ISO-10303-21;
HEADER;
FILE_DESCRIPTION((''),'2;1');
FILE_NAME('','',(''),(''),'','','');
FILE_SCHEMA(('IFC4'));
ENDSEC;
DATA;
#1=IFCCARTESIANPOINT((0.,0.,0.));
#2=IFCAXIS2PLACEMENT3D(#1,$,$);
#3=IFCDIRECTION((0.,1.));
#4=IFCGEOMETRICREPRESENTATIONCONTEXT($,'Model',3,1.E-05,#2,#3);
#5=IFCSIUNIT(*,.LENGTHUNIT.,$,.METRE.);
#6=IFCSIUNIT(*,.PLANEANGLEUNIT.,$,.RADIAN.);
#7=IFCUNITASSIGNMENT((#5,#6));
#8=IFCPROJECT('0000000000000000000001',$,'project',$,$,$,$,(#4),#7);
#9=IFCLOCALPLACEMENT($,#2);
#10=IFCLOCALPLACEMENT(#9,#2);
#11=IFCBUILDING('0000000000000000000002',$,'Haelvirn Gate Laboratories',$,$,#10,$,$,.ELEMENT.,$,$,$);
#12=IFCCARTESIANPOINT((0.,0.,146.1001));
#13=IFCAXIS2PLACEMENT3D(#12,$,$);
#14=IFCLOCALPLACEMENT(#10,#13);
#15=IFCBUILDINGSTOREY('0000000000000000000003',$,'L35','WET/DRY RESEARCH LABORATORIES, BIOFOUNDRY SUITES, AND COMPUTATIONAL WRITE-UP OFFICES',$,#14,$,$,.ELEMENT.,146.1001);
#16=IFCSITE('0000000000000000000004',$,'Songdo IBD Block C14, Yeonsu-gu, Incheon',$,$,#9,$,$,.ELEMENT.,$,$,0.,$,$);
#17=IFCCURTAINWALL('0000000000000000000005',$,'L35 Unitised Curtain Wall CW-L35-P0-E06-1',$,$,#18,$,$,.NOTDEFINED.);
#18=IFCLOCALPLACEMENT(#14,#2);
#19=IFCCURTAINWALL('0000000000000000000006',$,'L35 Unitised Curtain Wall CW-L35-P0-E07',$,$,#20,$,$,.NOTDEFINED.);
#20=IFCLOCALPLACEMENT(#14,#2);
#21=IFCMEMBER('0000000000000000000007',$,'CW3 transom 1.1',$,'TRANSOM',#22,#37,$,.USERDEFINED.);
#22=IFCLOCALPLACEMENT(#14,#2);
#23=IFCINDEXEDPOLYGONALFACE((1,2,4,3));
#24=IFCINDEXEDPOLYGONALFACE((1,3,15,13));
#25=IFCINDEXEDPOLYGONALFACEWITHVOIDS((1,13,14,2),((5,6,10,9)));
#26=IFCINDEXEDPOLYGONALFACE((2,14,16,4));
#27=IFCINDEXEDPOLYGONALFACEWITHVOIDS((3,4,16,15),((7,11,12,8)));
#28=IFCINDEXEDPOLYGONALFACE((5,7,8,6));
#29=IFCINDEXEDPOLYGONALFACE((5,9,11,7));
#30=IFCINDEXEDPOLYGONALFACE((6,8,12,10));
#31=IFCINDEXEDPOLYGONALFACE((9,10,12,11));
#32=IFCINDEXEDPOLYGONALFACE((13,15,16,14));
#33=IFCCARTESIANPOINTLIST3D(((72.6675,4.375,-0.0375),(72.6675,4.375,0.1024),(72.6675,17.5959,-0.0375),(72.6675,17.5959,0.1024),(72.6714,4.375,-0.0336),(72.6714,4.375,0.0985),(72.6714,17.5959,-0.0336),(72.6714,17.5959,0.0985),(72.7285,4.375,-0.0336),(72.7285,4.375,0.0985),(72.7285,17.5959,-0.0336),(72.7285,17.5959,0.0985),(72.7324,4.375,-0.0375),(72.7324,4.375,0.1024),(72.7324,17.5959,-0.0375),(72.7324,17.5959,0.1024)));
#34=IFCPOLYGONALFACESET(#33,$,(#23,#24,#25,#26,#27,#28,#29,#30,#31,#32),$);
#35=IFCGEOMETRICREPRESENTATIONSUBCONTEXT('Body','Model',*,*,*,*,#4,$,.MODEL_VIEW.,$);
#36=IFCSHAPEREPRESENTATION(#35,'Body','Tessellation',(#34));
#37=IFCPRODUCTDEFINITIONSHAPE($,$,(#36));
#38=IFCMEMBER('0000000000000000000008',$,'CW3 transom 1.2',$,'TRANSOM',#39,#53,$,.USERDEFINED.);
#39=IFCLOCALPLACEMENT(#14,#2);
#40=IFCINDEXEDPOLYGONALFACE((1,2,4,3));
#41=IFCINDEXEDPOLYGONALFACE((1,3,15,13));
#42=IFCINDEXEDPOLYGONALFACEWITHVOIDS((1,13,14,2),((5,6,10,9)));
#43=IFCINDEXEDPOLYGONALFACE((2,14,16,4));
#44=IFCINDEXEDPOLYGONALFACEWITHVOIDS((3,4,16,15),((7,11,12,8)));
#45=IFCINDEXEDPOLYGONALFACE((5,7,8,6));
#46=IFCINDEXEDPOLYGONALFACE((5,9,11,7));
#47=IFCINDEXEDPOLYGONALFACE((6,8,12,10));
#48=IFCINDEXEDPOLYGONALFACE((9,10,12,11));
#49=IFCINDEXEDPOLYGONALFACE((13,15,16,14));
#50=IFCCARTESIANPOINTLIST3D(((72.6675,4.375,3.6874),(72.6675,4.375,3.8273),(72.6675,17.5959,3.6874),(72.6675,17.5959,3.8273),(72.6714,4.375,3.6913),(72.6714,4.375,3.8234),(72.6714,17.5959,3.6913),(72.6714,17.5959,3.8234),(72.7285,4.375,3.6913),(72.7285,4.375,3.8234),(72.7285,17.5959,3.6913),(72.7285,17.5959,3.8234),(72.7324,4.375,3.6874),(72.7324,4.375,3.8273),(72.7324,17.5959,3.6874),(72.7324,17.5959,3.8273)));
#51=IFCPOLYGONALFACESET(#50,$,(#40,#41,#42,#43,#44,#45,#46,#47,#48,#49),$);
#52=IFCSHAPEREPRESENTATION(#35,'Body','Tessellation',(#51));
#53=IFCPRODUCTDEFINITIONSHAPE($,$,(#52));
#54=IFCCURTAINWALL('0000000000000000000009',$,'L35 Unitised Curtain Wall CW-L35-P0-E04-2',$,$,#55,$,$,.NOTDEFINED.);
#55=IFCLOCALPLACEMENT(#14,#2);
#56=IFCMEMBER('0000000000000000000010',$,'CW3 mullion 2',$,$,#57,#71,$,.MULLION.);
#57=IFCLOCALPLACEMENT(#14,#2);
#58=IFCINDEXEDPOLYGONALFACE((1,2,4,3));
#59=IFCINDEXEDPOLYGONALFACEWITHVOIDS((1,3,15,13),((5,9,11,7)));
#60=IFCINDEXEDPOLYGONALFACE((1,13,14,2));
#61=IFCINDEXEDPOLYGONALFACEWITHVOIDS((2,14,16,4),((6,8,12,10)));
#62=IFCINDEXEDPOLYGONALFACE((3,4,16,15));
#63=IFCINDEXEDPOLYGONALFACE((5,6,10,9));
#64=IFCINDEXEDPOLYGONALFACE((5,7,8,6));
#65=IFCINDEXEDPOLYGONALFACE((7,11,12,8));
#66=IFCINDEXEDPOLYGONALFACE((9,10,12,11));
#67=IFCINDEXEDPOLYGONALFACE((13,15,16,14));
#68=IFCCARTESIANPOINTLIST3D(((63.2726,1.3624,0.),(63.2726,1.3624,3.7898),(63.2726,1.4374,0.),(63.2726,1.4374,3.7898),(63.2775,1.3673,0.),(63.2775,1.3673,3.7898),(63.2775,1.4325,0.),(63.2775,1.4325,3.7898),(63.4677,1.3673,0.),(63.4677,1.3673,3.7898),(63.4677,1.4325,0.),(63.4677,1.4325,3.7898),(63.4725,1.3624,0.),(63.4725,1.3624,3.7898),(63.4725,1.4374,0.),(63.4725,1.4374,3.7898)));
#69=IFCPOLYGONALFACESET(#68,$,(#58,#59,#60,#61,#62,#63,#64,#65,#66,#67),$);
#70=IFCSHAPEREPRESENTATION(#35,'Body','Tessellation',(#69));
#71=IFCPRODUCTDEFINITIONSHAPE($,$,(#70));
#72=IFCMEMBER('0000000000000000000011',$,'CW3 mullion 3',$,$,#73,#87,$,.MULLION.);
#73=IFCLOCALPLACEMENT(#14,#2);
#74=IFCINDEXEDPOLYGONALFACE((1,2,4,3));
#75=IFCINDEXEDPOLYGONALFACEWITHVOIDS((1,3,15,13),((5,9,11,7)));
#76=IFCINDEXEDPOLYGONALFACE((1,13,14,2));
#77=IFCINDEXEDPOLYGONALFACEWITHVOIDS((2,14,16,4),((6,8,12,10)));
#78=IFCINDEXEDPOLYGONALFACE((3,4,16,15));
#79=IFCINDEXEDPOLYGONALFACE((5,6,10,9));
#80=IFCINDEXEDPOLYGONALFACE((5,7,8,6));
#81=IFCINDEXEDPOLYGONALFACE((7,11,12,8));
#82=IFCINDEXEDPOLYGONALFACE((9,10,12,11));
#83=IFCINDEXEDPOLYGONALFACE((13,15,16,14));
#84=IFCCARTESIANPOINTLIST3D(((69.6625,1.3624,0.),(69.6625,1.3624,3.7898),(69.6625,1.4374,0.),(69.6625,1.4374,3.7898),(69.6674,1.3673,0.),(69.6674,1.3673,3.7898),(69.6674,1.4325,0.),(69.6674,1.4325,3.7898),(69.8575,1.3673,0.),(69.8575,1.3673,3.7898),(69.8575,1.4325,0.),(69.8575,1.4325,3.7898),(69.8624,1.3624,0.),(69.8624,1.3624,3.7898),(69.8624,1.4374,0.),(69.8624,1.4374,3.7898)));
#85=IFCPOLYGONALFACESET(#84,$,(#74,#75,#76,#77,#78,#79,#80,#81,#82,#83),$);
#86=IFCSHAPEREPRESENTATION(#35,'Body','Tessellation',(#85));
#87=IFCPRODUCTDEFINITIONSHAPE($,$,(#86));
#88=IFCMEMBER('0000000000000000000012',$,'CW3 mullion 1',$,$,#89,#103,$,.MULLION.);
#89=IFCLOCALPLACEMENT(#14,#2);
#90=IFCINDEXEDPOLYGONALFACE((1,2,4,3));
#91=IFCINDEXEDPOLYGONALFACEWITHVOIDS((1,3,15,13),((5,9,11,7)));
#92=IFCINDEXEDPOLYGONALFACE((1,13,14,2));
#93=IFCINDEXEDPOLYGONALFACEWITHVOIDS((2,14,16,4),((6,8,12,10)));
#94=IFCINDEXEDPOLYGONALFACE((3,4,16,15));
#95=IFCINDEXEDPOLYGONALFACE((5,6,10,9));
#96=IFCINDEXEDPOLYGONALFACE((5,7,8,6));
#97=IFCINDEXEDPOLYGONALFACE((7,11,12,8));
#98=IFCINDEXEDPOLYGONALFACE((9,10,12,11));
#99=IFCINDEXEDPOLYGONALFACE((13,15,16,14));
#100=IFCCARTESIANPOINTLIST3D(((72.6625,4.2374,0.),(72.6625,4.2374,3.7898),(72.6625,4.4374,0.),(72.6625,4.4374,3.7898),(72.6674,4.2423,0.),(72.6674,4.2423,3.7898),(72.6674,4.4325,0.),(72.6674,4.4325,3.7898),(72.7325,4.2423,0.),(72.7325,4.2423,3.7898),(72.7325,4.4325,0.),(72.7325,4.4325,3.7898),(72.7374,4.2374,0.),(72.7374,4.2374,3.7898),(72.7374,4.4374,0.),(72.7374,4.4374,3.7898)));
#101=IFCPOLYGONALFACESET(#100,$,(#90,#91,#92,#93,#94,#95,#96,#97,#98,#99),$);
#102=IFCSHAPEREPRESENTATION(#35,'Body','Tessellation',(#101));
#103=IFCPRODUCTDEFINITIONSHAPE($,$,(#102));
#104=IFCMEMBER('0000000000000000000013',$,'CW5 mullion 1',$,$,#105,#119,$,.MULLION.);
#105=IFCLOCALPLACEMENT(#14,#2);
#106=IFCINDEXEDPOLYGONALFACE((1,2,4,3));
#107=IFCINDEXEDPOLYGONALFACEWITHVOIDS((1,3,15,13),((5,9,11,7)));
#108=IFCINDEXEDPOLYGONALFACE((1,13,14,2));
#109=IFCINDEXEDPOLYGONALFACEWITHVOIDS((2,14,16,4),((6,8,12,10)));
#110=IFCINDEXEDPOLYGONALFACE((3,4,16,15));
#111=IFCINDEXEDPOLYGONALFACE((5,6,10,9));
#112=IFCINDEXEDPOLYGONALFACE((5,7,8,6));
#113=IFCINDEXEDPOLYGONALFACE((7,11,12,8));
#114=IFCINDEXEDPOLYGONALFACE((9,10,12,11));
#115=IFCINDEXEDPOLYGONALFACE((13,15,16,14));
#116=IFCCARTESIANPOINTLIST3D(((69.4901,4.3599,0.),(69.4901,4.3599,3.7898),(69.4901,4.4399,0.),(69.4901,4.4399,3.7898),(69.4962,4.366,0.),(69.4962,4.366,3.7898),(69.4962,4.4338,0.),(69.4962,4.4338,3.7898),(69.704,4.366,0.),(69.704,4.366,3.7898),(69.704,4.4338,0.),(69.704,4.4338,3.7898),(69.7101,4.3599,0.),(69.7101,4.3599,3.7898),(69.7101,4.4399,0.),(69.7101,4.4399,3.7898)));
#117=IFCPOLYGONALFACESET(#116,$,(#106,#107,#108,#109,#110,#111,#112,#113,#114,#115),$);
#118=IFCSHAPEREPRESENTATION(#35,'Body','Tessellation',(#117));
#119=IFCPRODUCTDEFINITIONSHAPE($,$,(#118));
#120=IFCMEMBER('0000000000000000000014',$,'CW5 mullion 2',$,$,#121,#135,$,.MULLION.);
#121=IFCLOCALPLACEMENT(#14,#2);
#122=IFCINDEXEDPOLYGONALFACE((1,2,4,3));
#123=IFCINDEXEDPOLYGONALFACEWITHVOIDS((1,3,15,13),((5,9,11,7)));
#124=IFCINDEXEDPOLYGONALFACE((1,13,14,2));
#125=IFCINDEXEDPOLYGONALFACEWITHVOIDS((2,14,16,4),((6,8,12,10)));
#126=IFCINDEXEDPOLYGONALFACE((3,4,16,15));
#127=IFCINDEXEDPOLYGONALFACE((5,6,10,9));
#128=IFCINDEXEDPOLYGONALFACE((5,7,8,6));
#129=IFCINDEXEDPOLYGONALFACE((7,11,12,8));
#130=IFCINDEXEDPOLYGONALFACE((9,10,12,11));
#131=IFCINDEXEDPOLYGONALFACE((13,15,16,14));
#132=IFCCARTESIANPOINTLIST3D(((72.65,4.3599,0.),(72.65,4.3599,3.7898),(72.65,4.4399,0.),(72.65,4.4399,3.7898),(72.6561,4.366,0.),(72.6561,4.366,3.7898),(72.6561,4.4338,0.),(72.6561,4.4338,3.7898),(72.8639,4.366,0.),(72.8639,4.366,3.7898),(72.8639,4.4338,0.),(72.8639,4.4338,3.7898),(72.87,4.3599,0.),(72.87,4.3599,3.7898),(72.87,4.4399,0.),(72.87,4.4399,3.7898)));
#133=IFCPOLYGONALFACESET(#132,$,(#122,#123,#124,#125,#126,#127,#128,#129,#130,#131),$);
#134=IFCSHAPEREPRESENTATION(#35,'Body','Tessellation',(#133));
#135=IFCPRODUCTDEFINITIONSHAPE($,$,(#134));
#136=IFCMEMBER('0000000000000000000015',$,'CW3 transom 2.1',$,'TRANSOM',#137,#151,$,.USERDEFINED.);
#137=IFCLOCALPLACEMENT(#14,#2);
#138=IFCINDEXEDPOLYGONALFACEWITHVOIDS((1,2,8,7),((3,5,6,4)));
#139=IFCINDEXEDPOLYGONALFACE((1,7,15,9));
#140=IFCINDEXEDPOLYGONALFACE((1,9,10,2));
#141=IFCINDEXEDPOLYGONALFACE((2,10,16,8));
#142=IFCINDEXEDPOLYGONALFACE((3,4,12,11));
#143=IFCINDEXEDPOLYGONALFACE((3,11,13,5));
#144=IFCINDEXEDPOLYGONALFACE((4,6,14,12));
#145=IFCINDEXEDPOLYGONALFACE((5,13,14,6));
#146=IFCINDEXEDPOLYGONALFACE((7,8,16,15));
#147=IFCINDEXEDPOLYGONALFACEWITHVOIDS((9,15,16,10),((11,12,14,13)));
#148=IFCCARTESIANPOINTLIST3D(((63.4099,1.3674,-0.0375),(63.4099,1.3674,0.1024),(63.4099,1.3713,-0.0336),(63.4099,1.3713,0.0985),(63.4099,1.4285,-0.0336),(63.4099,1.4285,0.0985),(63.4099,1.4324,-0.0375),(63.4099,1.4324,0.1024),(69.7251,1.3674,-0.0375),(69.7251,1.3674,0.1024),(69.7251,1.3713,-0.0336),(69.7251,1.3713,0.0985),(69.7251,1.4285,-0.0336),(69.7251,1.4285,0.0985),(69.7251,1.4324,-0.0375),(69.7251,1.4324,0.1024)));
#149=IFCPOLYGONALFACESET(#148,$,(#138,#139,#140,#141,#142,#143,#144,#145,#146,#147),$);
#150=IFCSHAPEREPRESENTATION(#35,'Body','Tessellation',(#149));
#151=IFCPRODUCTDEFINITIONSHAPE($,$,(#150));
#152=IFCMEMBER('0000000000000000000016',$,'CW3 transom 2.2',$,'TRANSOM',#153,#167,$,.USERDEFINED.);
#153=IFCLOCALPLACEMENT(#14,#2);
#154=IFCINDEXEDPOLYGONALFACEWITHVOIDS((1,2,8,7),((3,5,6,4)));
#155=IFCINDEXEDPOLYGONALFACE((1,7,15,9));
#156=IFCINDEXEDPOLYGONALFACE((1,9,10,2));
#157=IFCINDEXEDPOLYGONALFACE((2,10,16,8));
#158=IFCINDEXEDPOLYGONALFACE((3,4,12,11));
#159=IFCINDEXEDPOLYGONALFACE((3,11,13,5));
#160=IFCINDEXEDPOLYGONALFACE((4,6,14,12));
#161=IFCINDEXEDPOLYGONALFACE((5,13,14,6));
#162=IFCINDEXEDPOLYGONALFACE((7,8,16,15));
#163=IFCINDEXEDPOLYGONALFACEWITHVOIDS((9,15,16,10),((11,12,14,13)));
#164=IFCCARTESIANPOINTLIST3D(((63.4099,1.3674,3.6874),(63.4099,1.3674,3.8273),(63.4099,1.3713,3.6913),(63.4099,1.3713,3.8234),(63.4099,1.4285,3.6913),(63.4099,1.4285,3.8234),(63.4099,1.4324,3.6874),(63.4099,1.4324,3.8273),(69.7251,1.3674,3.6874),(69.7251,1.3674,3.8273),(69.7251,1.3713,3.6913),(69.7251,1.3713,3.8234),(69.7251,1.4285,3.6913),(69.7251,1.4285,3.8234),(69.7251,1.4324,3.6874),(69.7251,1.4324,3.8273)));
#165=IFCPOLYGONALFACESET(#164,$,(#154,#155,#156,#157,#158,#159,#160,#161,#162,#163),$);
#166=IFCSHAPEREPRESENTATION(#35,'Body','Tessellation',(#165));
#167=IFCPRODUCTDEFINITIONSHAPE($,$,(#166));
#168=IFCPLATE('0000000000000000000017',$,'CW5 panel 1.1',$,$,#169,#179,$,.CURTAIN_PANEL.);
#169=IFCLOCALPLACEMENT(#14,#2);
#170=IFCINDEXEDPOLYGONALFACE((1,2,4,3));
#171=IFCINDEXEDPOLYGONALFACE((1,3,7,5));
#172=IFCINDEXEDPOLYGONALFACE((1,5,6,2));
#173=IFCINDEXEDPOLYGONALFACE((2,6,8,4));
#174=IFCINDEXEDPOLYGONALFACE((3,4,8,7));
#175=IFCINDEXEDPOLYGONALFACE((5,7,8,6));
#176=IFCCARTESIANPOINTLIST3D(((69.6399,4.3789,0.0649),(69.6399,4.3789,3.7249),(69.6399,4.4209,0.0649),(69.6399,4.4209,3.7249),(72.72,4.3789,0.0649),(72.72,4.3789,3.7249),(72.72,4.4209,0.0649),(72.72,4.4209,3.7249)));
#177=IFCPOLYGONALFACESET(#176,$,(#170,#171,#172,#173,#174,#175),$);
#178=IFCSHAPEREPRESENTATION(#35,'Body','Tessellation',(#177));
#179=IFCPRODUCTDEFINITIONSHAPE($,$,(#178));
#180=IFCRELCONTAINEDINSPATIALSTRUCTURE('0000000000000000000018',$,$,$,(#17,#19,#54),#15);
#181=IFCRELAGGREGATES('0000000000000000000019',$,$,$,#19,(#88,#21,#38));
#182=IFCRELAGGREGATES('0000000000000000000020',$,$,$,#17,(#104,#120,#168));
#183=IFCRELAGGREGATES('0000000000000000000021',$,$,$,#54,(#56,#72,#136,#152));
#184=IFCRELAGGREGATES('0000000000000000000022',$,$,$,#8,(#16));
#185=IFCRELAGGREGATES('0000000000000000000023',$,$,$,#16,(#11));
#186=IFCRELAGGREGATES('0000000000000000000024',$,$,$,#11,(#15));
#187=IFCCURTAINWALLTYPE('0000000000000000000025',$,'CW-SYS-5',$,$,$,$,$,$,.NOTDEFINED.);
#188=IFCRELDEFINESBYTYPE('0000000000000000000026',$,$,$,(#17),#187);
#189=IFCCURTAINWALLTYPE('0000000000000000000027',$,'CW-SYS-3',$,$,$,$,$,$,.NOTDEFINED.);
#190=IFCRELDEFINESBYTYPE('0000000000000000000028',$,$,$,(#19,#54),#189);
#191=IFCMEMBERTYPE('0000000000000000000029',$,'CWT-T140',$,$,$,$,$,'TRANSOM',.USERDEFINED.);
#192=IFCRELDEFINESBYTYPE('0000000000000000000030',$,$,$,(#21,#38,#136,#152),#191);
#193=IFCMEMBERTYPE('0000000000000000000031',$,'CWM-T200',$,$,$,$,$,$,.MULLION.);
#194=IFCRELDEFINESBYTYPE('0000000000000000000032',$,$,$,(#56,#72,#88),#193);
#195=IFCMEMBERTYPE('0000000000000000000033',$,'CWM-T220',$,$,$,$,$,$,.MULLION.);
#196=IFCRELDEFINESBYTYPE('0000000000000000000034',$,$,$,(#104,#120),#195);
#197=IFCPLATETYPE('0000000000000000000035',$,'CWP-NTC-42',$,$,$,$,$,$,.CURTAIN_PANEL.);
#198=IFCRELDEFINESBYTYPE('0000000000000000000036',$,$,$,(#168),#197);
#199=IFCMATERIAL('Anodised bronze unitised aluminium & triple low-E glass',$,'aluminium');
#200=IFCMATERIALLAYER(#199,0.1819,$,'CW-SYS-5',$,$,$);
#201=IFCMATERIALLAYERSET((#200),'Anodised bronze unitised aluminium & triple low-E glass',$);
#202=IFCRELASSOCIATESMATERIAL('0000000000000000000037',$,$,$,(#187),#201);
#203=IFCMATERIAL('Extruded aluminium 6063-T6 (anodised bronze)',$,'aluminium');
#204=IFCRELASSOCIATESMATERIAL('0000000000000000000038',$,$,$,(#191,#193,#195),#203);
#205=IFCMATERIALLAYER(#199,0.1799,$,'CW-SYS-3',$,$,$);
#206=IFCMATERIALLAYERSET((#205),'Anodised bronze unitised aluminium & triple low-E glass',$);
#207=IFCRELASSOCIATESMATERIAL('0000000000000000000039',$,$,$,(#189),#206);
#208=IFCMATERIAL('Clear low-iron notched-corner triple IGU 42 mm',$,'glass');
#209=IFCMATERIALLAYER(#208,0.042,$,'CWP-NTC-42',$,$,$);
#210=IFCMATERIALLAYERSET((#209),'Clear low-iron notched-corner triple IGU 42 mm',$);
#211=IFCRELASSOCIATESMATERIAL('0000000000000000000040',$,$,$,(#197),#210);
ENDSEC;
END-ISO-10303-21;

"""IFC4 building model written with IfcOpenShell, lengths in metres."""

from ifc_helpers import new_model, si_unit, direction, frame, origin, origin_2d, place, context, subcontext, project, spatial, rectangle, hollow_rectangle, extrude, source, transform, mapped, material, layer, layer_set, material_profile, profile_set, type_object, type_shapes, element, aggregate, save


model = new_model("IFC4")

# Units and contexts
model_context = context("Model", 3, precision=1e-05, world=origin(), true_north=direction((0.0, 1.0)))
body_context = subcontext(model_context, "Body", "Model", "MODEL_VIEW")
ifc_project = project(units=[si_unit("LENGTHUNIT", "METRE"), si_unit("PLANEANGLEUNIT", "RADIAN")], contexts=[model_context])

# Site, building, storey
site_placement = place(None, origin())
site = spatial("IfcSite", under=ifc_project, at=site_placement, Name="Songdo IBD Block C14, Yeonsu-gu, Incheon", CompositionType="ELEMENT", RefElevation=0.0)
building_placement = place(site_placement, origin())
building = spatial("IfcBuilding", under=site, at=building_placement, Name="Haelvirn Gate Laboratories", CompositionType="ELEMENT")
storey_placement = place(building_placement, frame((0.0, 0.0, 146.1001)))
storey = spatial("IfcBuildingStorey", under=building, at=storey_placement, Name="L35", Description="WET/DRY RESEARCH LABORATORIES, BIOFOUNDRY SUITES, AND COMPUTATIONAL WRITE-UP OFFICES", CompositionType="ELEMENT", Elevation=146.1001)

# Curtain walls, members
ifc_material_1 = material(Name="Anodised bronze unitised aluminium & triple low-E glass", Category="aluminium")
ifc_layer_1 = layer(ifc_material_1, 0.1819, Name="CW-SYS-5")
ifc_layer_set_1 = layer_set([ifc_layer_1], Name="Anodised bronze unitised aluminium & triple low-E glass")
curtain_wall_type_1 = type_object("IfcCurtainWallType", Name="CW-SYS-5", PredefinedType="NOTDEFINED", material=ifc_layer_set_1)
curtain_wall_1_placement = place(storey_placement, origin())
curtain_wall_1 = element("IfcCurtainWall", 1, at=curtain_wall_1_placement, inside=storey, type_object=curtain_wall_type_1, Name="L35 Unitised Curtain Wall CW-L35-P0-E06-1", PredefinedType="NOTDEFINED")
ifc_material_2 = material(Name="Extruded aluminium 6063-T6 (anodised bronze)", Category="aluminium")
ifc_material_profile_1 = material_profile(ifc_material_2, hollow_rectangle(XDim=0.0649, YDim=0.1399, WallThickness=0.0039, at=origin_2d()), Name="CWT-140x65x4")
ifc_profile_set_1 = profile_set([ifc_material_profile_1], Name="Extruded aluminium 6063-T6 (anodised bronze)")
member_type_1 = type_object("IfcMemberType", Name="CWT-T140", ElementType="TRANSOM", PredefinedType="USERDEFINED", material=ifc_profile_set_1)
ifc_layer_2 = layer(ifc_material_1, 0.1799, Name="CW-SYS-3")
ifc_layer_set_2 = layer_set([ifc_layer_2], Name="Anodised bronze unitised aluminium & triple low-E glass")
curtain_wall_type_2 = type_object("IfcCurtainWallType", Name="CW-SYS-3", PredefinedType="NOTDEFINED", material=ifc_layer_set_2)
curtain_wall_2_placement = place(storey_placement, origin())
curtain_wall_2 = element("IfcCurtainWall", 2, at=curtain_wall_2_placement, inside=storey, type_object=curtain_wall_type_2, Name="L35 Unitised Curtain Wall CW-L35-P0-E07", PredefinedType="NOTDEFINED")
shared_shape_1 = source(origin(), body_context, "Body", "SweptSolid", [
    extrude(hollow_rectangle(XDim=0.0649, YDim=0.1399, WallThickness=0.0039, at=origin_2d()), origin(), (0.0, 0.0, 1.0), 13.2209),
])
member_1_placement = place(storey_placement, frame((72.7, 4.375, 0.0325), z_axis=(0.0, 1.0, 0.0), x_axis=(-1.0, 0.0, 0.0)))
member_1 = element("IfcMember", 3, at=member_1_placement, type_object=member_type_1, Name="CW3 transom 1.1", ObjectType="TRANSOM", PredefinedType="USERDEFINED", context=body_context, shape_type="MappedRepresentation", body=[
    mapped(shared_shape_1, transform((0.0, 0.0, 0.0), scale=1.0)),
])
member_2_placement = place(storey_placement, frame((72.7, 4.375, 3.7573), z_axis=(0.0, 1.0, 0.0), x_axis=(-1.0, 0.0, 0.0)))
member_2 = element("IfcMember", 4, at=member_2_placement, type_object=member_type_1, Name="CW3 transom 1.2", ObjectType="TRANSOM", PredefinedType="USERDEFINED", context=body_context, shape_type="MappedRepresentation", body=[
    mapped(shared_shape_1, transform((0.0, 0.0, 0.0), scale=1.0)),
])
curtain_wall_3_placement = place(storey_placement, origin())
curtain_wall_3 = element("IfcCurtainWall", 5, at=curtain_wall_3_placement, inside=storey, type_object=curtain_wall_type_2, Name="L35 Unitised Curtain Wall CW-L35-P0-E04-2", PredefinedType="NOTDEFINED")
ifc_material_profile_2 = material_profile(ifc_material_2, hollow_rectangle(XDim=0.075, YDim=0.2, WallThickness=0.0049, at=origin_2d()), Name="CWM-200x75x5")
ifc_profile_set_2 = profile_set([ifc_material_profile_2], Name="Extruded aluminium 6063-T6 (anodised bronze)")
member_type_2 = type_object("IfcMemberType", Name="CWM-T200", PredefinedType="MULLION", material=ifc_profile_set_2)
shared_shape_2 = source(origin(), body_context, "Body", "SweptSolid", [
    extrude(hollow_rectangle(XDim=0.075, YDim=0.2, WallThickness=0.0049, at=origin_2d()), origin(), (0.0, 0.0, 1.0), 3.7898),
])
type_shapes(member_type_2, [shared_shape_2])
member_3_placement = place(storey_placement, frame((63.3726, 1.3999, 0.0), z_axis=(0.0, 0.0, 1.0), x_axis=(0.0, 1.0, 0.0)))
member_3 = element("IfcMember", 6, at=member_3_placement, type_object=member_type_2, Name="CW3 mullion 2", PredefinedType="MULLION", context=body_context, shape_type="MappedRepresentation", body=[
    mapped(shared_shape_2, transform((0.0, 0.0, 0.0), scale=1.0)),
])
member_4_placement = place(storey_placement, frame((69.7625, 1.3999, 0.0), z_axis=(0.0, 0.0, 1.0), x_axis=(0.0, 1.0, 0.0)))
member_4 = element("IfcMember", 7, at=member_4_placement, type_object=member_type_2, Name="CW3 mullion 3", PredefinedType="MULLION", context=body_context, shape_type="MappedRepresentation", body=[
    mapped(shared_shape_2, transform((0.0, 0.0, 0.0), scale=1.0)),
])

# Members
member_5_placement = place(storey_placement, frame((72.7, 4.3374, 0.0), z_axis=(0.0, 0.0, 1.0), x_axis=(-1.0, 0.0, 0.0)))
member_5 = element("IfcMember", 8, at=member_5_placement, type_object=member_type_2, Name="CW3 mullion 1", PredefinedType="MULLION", context=body_context, shape_type="MappedRepresentation", body=[
    mapped(shared_shape_2, transform((0.0, 0.0, 0.0), scale=1.0)),
])
aggregate(curtain_wall_2, [member_5, member_1, member_2])
ifc_material_profile_3 = material_profile(ifc_material_2, hollow_rectangle(XDim=0.0801, YDim=0.22, WallThickness=0.0061, at=origin_2d()), Name="CWM-220x80x6")
ifc_profile_set_3 = profile_set([ifc_material_profile_3], Name="Extruded aluminium 6063-T6 (anodised bronze)")
member_type_3 = type_object("IfcMemberType", Name="CWM-T220", PredefinedType="MULLION", material=ifc_profile_set_3)
shared_shape_3 = source(origin(), body_context, "Body", "SweptSolid", [
    extrude(hollow_rectangle(XDim=0.0801, YDim=0.22, WallThickness=0.0061, at=origin_2d()), origin(), (0.0, 0.0, 1.0), 3.7898),
])
type_shapes(member_type_3, [shared_shape_3])
member_6_placement = place(storey_placement, frame((69.6001, 4.3999, 0.0), z_axis=(0.0, 0.0, 1.0), x_axis=(0.0, 1.0, 0.0)))
member_6 = element("IfcMember", 9, at=member_6_placement, type_object=member_type_3, Name="CW5 mullion 1", PredefinedType="MULLION", context=body_context, shape_type="MappedRepresentation", body=[
    mapped(shared_shape_3, transform((0.0, 0.0, 0.0), scale=1.0)),
])
member_7_placement = place(storey_placement, frame((72.76, 4.3999, 0.0), z_axis=(0.0, 0.0, 1.0), x_axis=(0.0, 1.0, 0.0)))
member_7 = element("IfcMember", 10, at=member_7_placement, type_object=member_type_3, Name="CW5 mullion 2", PredefinedType="MULLION", context=body_context, shape_type="MappedRepresentation", body=[
    mapped(shared_shape_3, transform((0.0, 0.0, 0.0), scale=1.0)),
])
shared_shape_4 = source(origin(), body_context, "Body", "SweptSolid", [
    extrude(hollow_rectangle(XDim=0.0649, YDim=0.1399, WallThickness=0.0039, at=origin_2d()), origin(), (0.0, 0.0, 1.0), 6.3152),
])
member_8_placement = place(storey_placement, frame((63.4099, 1.3999, 0.0325), z_axis=(1.0, 0.0, 0.0), x_axis=(0.0, 1.0, 0.0)))
member_8 = element("IfcMember", 11, at=member_8_placement, type_object=member_type_1, Name="CW3 transom 2.1", ObjectType="TRANSOM", PredefinedType="USERDEFINED", context=body_context, shape_type="MappedRepresentation", body=[
    mapped(shared_shape_4, transform((0.0, 0.0, 0.0), scale=1.0)),
])
member_9_placement = place(storey_placement, frame((63.4099, 1.3999, 3.7573), z_axis=(1.0, 0.0, 0.0), x_axis=(0.0, 1.0, 0.0)))
member_9 = element("IfcMember", 12, at=member_9_placement, type_object=member_type_1, Name="CW3 transom 2.2", ObjectType="TRANSOM", PredefinedType="USERDEFINED", context=body_context, shape_type="MappedRepresentation", body=[
    mapped(shared_shape_4, transform((0.0, 0.0, 0.0), scale=1.0)),
])

# Plate
ifc_material_3 = material(Name="Clear low-iron notched-corner triple IGU 42 mm", Category="glass")
ifc_layer_3 = layer(ifc_material_3, 0.042, Name="CWP-NTC-42")
ifc_layer_set_3 = layer_set([ifc_layer_3], Name="Clear low-iron notched-corner triple IGU 42 mm")
plate_type_1 = type_object("IfcPlateType", Name="CWP-NTC-42", PredefinedType="CURTAIN_PANEL", material=ifc_layer_set_3)
shared_shape_5 = source(origin(), body_context, "Body", "SweptSolid", [
    extrude(rectangle(XDim=3.0801, YDim=0.042, at=origin_2d()), origin(), (0.0, 0.0, 1.0), 3.6599),
])
type_shapes(plate_type_1, [shared_shape_5])
plate_1_placement = place(storey_placement, frame((71.1799, 4.3999, 0.0649), z_axis=(0.0, 0.0, 1.0), x_axis=(1.0, 0.0, 0.0)))
plate_1 = element("IfcPlate", 13, at=plate_1_placement, type_object=plate_type_1, Name="CW5 panel 1.1", PredefinedType="CURTAIN_PANEL", context=body_context, shape_type="MappedRepresentation", body=[
    mapped(shared_shape_5, transform((0.0, 0.0, 0.0), scale=1.0)),
])
aggregate(curtain_wall_1, [member_6, member_7, plate_1])
aggregate(curtain_wall_3, [member_3, member_4, member_8, member_9])

save(model, "model.ifc")
